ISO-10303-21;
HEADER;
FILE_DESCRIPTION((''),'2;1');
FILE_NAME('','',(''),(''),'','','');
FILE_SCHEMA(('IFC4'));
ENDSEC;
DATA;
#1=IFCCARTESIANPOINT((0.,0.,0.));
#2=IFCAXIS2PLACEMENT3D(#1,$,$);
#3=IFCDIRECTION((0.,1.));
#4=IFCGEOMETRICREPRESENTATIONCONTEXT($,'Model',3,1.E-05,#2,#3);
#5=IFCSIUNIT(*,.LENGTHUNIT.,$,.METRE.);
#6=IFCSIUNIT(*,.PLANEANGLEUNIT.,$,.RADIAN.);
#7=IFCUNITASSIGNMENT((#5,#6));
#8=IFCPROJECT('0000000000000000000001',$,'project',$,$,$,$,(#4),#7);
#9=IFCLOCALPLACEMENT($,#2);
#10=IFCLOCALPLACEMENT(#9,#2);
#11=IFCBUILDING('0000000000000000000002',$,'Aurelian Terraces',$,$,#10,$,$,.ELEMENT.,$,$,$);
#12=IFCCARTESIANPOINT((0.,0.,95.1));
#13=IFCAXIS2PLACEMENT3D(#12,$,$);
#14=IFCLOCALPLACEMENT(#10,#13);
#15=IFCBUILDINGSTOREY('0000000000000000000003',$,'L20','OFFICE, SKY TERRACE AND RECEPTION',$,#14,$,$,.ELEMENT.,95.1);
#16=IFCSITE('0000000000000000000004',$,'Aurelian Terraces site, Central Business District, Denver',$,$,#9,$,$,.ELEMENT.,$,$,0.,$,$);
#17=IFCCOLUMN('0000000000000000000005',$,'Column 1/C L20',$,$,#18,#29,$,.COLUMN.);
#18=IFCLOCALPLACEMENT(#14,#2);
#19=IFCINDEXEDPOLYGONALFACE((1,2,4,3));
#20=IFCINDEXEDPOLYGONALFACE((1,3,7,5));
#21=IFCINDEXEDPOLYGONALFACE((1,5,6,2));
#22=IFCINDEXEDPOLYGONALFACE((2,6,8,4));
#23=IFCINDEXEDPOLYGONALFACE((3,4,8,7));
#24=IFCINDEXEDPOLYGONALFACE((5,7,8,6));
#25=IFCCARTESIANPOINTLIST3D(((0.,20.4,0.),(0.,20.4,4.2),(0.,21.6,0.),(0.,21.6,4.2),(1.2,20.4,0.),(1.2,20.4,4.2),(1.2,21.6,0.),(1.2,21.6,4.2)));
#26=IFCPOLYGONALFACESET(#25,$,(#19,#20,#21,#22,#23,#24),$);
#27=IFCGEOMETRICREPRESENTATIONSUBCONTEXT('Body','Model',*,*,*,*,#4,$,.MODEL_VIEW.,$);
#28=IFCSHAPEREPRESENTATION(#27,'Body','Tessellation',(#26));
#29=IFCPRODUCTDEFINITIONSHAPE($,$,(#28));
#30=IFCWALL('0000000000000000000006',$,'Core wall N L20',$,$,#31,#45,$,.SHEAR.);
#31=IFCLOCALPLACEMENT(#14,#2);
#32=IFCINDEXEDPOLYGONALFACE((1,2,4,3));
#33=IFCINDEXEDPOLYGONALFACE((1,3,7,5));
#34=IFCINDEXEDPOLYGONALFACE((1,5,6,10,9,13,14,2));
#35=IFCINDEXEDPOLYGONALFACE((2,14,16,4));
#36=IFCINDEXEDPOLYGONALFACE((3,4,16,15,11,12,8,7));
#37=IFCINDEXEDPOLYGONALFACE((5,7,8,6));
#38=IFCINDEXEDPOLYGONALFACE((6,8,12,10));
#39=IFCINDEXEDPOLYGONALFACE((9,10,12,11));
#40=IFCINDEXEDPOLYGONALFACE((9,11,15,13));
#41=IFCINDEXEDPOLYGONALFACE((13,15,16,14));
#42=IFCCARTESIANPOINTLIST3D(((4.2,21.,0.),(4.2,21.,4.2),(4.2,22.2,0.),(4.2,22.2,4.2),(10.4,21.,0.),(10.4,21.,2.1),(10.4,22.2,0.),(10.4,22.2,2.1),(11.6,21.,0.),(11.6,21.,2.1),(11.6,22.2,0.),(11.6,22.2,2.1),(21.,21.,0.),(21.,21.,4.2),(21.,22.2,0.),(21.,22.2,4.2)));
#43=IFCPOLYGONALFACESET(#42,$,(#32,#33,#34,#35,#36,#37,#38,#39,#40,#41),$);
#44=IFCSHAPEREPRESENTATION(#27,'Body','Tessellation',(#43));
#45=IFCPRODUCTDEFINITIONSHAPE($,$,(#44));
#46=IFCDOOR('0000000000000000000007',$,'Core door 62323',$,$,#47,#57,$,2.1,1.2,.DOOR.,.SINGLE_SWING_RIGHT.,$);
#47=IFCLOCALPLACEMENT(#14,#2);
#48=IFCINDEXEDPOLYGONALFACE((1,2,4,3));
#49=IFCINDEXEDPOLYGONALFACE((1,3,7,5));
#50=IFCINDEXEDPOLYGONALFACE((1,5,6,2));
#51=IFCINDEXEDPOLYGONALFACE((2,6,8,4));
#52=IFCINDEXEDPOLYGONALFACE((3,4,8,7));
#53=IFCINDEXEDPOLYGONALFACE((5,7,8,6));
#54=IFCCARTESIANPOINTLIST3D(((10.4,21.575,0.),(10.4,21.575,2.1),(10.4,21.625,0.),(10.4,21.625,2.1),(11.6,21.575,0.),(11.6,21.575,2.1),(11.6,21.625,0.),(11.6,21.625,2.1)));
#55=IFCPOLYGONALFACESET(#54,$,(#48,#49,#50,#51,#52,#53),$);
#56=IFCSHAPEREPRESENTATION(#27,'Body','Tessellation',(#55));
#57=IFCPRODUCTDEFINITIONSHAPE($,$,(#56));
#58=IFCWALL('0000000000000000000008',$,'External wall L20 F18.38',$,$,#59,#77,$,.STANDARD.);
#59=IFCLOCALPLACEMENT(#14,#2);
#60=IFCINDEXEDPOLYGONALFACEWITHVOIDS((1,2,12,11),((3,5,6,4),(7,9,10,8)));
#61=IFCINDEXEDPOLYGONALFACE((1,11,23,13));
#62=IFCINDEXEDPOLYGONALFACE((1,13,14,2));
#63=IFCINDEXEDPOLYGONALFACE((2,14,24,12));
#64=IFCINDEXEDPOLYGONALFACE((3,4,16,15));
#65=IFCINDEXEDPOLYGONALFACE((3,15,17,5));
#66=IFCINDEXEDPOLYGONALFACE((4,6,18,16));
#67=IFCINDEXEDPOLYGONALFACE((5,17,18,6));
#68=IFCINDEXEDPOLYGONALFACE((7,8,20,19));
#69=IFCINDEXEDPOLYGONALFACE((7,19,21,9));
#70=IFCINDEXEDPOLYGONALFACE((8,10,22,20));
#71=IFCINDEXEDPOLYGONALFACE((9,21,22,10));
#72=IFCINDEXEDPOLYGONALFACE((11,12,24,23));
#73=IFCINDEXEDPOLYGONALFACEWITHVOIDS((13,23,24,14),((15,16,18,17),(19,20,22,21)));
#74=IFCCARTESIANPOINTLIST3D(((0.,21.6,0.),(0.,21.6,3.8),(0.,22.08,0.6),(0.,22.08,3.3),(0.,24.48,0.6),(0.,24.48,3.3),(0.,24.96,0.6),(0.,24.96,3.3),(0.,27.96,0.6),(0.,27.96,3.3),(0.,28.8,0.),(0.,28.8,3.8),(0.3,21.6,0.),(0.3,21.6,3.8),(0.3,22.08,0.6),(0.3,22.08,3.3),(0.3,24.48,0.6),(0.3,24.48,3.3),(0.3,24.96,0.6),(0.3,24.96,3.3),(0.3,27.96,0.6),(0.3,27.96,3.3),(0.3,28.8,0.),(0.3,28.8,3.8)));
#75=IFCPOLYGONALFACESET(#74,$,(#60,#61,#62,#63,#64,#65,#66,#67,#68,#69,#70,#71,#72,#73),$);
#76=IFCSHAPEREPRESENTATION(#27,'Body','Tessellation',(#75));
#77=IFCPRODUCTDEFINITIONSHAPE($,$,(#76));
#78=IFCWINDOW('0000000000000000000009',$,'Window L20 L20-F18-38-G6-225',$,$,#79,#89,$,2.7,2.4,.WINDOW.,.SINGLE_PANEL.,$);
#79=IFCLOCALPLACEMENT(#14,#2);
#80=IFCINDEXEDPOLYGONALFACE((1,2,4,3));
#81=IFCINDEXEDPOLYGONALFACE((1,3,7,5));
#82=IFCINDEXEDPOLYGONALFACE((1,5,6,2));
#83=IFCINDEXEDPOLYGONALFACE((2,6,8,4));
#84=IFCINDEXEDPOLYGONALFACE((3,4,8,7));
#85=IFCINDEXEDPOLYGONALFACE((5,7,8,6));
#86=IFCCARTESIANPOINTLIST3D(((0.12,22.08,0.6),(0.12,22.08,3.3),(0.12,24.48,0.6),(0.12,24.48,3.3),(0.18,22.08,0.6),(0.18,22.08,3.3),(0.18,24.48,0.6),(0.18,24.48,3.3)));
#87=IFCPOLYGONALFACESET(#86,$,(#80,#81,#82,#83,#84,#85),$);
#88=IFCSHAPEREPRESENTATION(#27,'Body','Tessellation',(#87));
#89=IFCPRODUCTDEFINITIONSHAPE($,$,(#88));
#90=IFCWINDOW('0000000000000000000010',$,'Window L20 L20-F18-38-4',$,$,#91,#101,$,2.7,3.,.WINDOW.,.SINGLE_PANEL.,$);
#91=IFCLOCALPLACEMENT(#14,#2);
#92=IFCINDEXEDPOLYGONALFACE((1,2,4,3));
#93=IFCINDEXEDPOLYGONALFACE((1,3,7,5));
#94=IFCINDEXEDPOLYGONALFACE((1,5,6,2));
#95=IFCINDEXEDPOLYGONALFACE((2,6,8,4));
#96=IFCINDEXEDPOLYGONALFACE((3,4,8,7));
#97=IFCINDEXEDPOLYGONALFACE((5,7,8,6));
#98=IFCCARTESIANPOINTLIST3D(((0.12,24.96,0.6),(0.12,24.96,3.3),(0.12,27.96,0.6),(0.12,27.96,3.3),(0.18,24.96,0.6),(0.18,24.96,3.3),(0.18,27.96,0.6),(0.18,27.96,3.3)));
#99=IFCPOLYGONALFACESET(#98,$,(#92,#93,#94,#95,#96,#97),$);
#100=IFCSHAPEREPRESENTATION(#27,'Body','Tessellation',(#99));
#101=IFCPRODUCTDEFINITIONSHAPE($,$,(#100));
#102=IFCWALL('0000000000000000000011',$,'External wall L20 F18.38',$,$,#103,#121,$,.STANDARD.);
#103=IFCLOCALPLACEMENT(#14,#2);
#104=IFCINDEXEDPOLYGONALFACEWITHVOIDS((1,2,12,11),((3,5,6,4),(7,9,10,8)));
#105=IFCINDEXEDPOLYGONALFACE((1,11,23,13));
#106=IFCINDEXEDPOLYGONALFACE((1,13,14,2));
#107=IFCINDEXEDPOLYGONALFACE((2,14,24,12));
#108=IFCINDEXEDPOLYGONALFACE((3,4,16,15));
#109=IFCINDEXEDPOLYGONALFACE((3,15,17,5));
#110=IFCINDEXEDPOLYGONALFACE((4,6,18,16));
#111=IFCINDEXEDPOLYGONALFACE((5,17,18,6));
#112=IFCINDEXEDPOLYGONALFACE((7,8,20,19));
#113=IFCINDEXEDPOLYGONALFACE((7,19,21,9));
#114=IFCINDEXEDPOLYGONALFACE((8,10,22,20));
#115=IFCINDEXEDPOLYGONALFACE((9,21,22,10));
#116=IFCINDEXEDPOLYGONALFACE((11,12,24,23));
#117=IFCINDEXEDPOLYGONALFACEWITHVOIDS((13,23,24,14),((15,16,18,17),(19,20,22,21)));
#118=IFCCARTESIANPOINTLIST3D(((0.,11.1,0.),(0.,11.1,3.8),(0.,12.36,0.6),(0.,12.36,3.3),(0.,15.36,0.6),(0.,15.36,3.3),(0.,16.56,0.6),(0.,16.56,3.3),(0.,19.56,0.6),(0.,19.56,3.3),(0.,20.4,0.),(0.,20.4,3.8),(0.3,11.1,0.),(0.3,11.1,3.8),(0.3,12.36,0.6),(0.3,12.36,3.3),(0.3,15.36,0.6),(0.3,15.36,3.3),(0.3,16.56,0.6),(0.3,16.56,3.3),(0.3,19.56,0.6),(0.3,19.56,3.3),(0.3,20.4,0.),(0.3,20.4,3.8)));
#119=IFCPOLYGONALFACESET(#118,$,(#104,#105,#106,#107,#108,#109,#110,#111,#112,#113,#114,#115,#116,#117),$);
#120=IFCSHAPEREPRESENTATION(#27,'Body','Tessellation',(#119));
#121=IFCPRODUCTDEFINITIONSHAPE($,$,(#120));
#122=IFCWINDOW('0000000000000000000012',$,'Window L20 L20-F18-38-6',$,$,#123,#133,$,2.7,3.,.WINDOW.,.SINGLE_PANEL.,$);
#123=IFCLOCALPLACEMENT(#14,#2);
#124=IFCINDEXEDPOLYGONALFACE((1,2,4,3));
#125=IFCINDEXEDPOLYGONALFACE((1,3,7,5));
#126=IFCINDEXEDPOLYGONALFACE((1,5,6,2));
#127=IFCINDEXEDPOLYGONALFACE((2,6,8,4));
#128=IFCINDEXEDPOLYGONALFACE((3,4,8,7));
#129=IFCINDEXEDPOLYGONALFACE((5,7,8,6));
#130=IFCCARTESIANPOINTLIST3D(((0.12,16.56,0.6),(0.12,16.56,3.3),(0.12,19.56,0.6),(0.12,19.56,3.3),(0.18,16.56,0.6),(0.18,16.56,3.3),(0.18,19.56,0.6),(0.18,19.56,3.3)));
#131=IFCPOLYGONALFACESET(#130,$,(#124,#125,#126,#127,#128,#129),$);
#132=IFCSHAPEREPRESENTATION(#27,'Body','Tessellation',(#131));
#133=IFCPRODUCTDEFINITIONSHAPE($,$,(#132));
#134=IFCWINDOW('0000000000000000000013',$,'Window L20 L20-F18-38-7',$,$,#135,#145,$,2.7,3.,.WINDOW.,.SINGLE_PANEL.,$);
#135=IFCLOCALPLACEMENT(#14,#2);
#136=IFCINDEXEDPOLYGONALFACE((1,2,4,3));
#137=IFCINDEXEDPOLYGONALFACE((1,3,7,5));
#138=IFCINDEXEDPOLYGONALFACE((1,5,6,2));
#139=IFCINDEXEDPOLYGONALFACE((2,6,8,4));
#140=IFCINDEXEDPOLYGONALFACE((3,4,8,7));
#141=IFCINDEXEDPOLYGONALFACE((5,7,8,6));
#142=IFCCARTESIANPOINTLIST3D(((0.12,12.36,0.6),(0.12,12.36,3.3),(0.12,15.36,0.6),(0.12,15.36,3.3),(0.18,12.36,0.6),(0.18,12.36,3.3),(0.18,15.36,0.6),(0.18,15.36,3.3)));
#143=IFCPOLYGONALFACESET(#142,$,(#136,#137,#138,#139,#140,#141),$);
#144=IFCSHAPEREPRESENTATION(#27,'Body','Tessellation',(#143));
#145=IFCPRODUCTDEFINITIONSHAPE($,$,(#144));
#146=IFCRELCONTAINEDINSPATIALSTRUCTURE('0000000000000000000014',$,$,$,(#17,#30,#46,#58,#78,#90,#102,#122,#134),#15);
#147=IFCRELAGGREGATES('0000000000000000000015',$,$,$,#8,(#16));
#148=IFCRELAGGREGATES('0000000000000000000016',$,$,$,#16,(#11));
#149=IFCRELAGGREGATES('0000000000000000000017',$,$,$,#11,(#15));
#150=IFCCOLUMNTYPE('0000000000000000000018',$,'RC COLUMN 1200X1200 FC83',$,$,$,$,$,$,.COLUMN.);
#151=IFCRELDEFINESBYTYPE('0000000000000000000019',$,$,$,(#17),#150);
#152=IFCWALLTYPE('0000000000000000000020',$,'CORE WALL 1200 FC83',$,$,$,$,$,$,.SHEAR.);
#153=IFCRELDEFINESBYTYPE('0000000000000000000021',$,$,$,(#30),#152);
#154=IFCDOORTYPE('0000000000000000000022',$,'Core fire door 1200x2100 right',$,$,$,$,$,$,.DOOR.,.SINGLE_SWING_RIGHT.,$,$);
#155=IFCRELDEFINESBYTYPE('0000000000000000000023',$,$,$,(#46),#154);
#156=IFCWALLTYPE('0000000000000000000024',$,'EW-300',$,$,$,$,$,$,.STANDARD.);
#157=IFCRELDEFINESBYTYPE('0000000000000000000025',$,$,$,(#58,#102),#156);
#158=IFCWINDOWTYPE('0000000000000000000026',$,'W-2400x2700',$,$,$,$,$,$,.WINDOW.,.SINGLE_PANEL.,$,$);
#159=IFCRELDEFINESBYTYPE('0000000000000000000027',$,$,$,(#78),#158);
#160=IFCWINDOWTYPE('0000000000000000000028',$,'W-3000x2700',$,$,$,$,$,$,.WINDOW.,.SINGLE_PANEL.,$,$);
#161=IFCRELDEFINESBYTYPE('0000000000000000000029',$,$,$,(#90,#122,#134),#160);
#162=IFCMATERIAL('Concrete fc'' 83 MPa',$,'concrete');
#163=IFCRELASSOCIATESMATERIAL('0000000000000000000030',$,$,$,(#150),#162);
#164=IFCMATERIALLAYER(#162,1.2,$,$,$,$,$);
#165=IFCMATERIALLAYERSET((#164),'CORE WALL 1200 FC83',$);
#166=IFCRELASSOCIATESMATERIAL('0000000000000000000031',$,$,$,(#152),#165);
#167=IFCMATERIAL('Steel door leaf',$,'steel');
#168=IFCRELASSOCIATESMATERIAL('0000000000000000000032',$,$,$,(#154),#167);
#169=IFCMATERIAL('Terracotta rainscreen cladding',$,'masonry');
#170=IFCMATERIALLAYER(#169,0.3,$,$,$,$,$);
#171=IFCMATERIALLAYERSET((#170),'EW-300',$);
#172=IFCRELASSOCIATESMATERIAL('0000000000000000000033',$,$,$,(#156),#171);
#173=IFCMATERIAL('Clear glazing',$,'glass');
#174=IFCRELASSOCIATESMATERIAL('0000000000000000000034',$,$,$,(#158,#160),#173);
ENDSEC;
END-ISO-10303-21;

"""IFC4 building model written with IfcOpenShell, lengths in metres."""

from ifc_helpers import new_model, si_unit, direction, frame, frame_2d, origin, origin_2d, place, context, subcontext, project, spatial, rectangle, extrude, source, transform, mapped, material, layer, layer_set, material_profile, profile_set, type_object, element, fill, save


model = new_model("IFC4")

# Units and contexts
model_context = context("Model", 3, precision=1e-05, world=origin(), true_north=direction((0.0, 1.0)))
body_context = subcontext(model_context, "Body", "Model", "MODEL_VIEW")
ifc_project = project(units=[si_unit("LENGTHUNIT", "METRE"), si_unit("PLANEANGLEUNIT", "RADIAN")], contexts=[model_context])

# Site, building, storey
site_placement = place(None, origin())
site = spatial("IfcSite", under=ifc_project, at=site_placement, Name="Aurelian Terraces site, Central Business District, Denver", CompositionType="ELEMENT", RefElevation=0.0)
building_placement = place(site_placement, origin())
building = spatial("IfcBuilding", under=site, at=building_placement, Name="Aurelian Terraces", CompositionType="ELEMENT")
storey_placement = place(building_placement, frame((0.0, 0.0, 95.1)))
storey = spatial("IfcBuildingStorey", under=building, at=storey_placement, Name="L20", Description="OFFICE, SKY TERRACE AND RECEPTION", CompositionType="ELEMENT", Elevation=95.1)

# Column
ifc_material_1 = material(Name="Concrete fc' 83 MPa", Category="concrete")
ifc_material_profile = material_profile(ifc_material_1, rectangle(XDim=1.2, YDim=1.2, at=origin_2d()))
ifc_profile_set = profile_set([ifc_material_profile], Name="Concrete fc' 83 MPa")
column_type = type_object("IfcColumnType", Name="RC COLUMN 1200X1200 FC83", PredefinedType="COLUMN", material=ifc_profile_set)
shared_shape_1 = source(origin(), body_context, "Body", "SweptSolid", [
    extrude(rectangle(XDim=1.2, YDim=1.2, at=origin_2d()), origin(), (0.0, 0.0, 1.0), 4.2),
])
column_placement = place(storey_placement, frame((0.6, 21.0, 0.0), z_axis=(0.0, 0.0, 1.0), x_axis=(1.0, 0.0, 0.0)))
element("IfcColumn", 1, at=column_placement, inside=storey, type_object=column_type, Name="Column 1/C L20", PredefinedType="COLUMN", context=body_context, shape_type="MappedRepresentation", body=[
    mapped(shared_shape_1, transform((0.0, 0.0, 0.0), scale=1.0)),
])

# Wall, opening, door
ifc_layer_1 = layer(ifc_material_1, 1.2)
ifc_layer_set_1 = layer_set([ifc_layer_1], Name="CORE WALL 1200 FC83")
wall_type_1 = type_object("IfcWallType", Name="CORE WALL 1200 FC83", PredefinedType="SHEAR", material=ifc_layer_set_1)
shared_shape_2 = source(origin(), body_context, "Body", "SweptSolid", [
    extrude(rectangle(XDim=16.8, YDim=1.2, at=frame_2d((8.4, 0.0))), origin(), (0.0, 0.0, 1.0), 4.2),
])
wall_1_placement = place(storey_placement, frame((4.2, 21.6, 0.0), z_axis=(0.0, 0.0, 1.0), x_axis=(1.0, 0.0, 0.0)))
wall_1 = element("IfcWall", 2, at=wall_1_placement, inside=storey, type_object=wall_type_1, Name="Core wall N L20", PredefinedType="SHEAR", context=body_context, shape_type="MappedRepresentation", body=[
    mapped(shared_shape_2, transform((0.0, 0.0, 0.0), scale=1.0)),
])
shared_shape_3 = source(origin(), body_context, "Body", "SweptSolid", [
    extrude(rectangle(XDim=1.2, YDim=2.1, at=frame_2d((0.6, 1.05))), frame((0.0, 0.61, 0.0), z_axis=(0.0, -1.0, 0.0), x_axis=(1.0, 0.0, 0.0)), (0.0, 0.0, 1.0), 1.22),
])
opening_1_placement = place(wall_1_placement, frame((6.2, 0.0, 0.0)))
opening_1 = element("IfcOpeningElement", 3, at=opening_1_placement, cuts=wall_1, PredefinedType="OPENING", context=body_context, shape_type="MappedRepresentation", body=[
    mapped(shared_shape_3, transform((0.0, 0.0, 0.0), scale=1.0)),
])
ifc_material_2 = material(Name="Steel door leaf", Category="steel")
door_type_1 = type_object("IfcDoorType", Name="Core fire door 1200x2100 right", OperationType="SINGLE_SWING_RIGHT", PredefinedType="DOOR", material=ifc_material_2)
shared_shape_4 = source(origin(), body_context, "Body", "SweptSolid", [
    extrude(rectangle(XDim=1.2, YDim=2.1, at=frame_2d((0.6, 1.05))), frame((0.0, 0.025, 0.0), z_axis=(0.0, -1.0, 0.0), x_axis=(1.0, 0.0, 0.0)), (0.0, 0.0, 1.0), 0.05),
])
door_1_placement = place(opening_1_placement, origin())
door_1 = element("IfcDoor", 4, at=door_1_placement, inside=storey, type_object=door_type_1, Name="Core door 62323", OperationType="SINGLE_SWING_RIGHT", OverallHeight=2.1, OverallWidth=1.2, PredefinedType="DOOR", context=body_context, shape_type="MappedRepresentation", body=[
    mapped(shared_shape_4, transform((0.0, 0.0, 0.0), scale=1.0)),
])
fill(opening_1, door_1)

# Walls, openings, windows
ifc_material_3 = material(Name="Terracotta rainscreen cladding", Category="masonry")
ifc_layer_2 = layer(ifc_material_3, 0.3)
ifc_layer_set_2 = layer_set([ifc_layer_2], Name="EW-300")
wall_type_2 = type_object("IfcWallType", Name="EW-300", PredefinedType="STANDARD", material=ifc_layer_set_2)
shared_shape_5 = source(origin(), body_context, "Body", "SweptSolid", [
    extrude(rectangle(XDim=7.2, YDim=0.3, at=frame_2d((3.6, 0.0))), origin(), (0.0, 0.0, 1.0), 3.8),
])
wall_2_placement = place(storey_placement, frame((0.15, 28.8, 0.0), z_axis=(0.0, 0.0, 1.0), x_axis=(0.0, -1.0, 0.0)))
wall_2 = element("IfcWall", 5, at=wall_2_placement, inside=storey, type_object=wall_type_2, Name="External wall L20 F18.38", PredefinedType="STANDARD", context=body_context, shape_type="MappedRepresentation", body=[
    mapped(shared_shape_5, transform((0.0, 0.0, 0.0), scale=1.0)),
])
shared_shape_6 = source(origin(), body_context, "Body", "SweptSolid", [
    extrude(rectangle(XDim=3.0, YDim=2.7, at=frame_2d((1.5, 1.35))), frame((0.0, 0.16, 0.0), z_axis=(0.0, -1.0, 0.0), x_axis=(1.0, 0.0, 0.0)), (0.0, 0.0, 1.0), 0.32),
])
opening_2_placement = place(wall_2_placement, frame((0.84, 0.0, 0.6)))
opening_2 = element("IfcOpeningElement", 6, at=opening_2_placement, cuts=wall_2, PredefinedType="OPENING", context=body_context, shape_type="MappedRepresentation", body=[
    mapped(shared_shape_6, transform((0.0, 0.0, 0.0), scale=1.0)),
])
shared_shape_7 = source(origin(), body_context, "Body", "SweptSolid", [
    extrude(rectangle(XDim=2.4, YDim=2.7, at=frame_2d((1.2, 1.35))), frame((0.0, 0.16, 0.0), z_axis=(0.0, -1.0, 0.0), x_axis=(1.0, 0.0, 0.0)), (0.0, 0.0, 1.0), 0.32),
])
opening_3_placement = place(wall_2_placement, frame((4.32, 0.0, 0.6)))
opening_3 = element("IfcOpeningElement", 7, at=opening_3_placement, cuts=wall_2, PredefinedType="OPENING", context=body_context, shape_type="MappedRepresentation", body=[
    mapped(shared_shape_7, transform((0.0, 0.0, 0.0), scale=1.0)),
])
ifc_material_4 = material(Name="Clear glazing", Category="glass")
window_type_1 = type_object("IfcWindowType", Name="W-2400x2700", PartitioningType="SINGLE_PANEL", PredefinedType="WINDOW", material=ifc_material_4)
shared_shape_8 = source(origin(), body_context, "Body", "SweptSolid", [
    extrude(rectangle(XDim=2.4, YDim=2.7, at=frame_2d((1.2, 1.35))), frame((0.0, 0.03, 0.0), z_axis=(0.0, -1.0, 0.0), x_axis=(1.0, 0.0, 0.0)), (0.0, 0.0, 1.0), 0.06),
])
window_1_placement = place(opening_3_placement, origin())
window_1 = element("IfcWindow", 8, at=window_1_placement, inside=storey, type_object=window_type_1, Name="Window L20 L20-F18-38-G6-225", OverallHeight=2.7, OverallWidth=2.4, PartitioningType="SINGLE_PANEL", PredefinedType="WINDOW", context=body_context, shape_type="MappedRepresentation", body=[
    mapped(shared_shape_8, transform((0.0, 0.0, 0.0), scale=1.0)),
])
fill(opening_3, window_1)
window_type_2 = type_object("IfcWindowType", Name="W-3000x2700", PartitioningType="SINGLE_PANEL", PredefinedType="WINDOW", material=ifc_material_4)
shared_shape_9 = source(origin(), body_context, "Body", "SweptSolid", [
    extrude(rectangle(XDim=3.0, YDim=2.7, at=frame_2d((1.5, 1.35))), frame((0.0, 0.03, 0.0), z_axis=(0.0, -1.0, 0.0), x_axis=(1.0, 0.0, 0.0)), (0.0, 0.0, 1.0), 0.06),
])
window_2_placement = place(opening_2_placement, origin())
window_2 = element("IfcWindow", 9, at=window_2_placement, inside=storey, type_object=window_type_2, Name="Window L20 L20-F18-38-4", OverallHeight=2.7, OverallWidth=3.0, PartitioningType="SINGLE_PANEL", PredefinedType="WINDOW", context=body_context, shape_type="MappedRepresentation", body=[
    mapped(shared_shape_9, transform((0.0, 0.0, 0.0), scale=1.0)),
])
fill(opening_2, window_2)
shared_shape_10 = source(origin(), body_context, "Body", "SweptSolid", [
    extrude(rectangle(XDim=9.3, YDim=0.3, at=frame_2d((4.65, 0.0))), origin(), (0.0, 0.0, 1.0), 3.8),
])
wall_3_placement = place(storey_placement, frame((0.15, 20.4, 0.0), z_axis=(0.0, 0.0, 1.0), x_axis=(0.0, -1.0, 0.0)))
wall_3 = element("IfcWall", 10, at=wall_3_placement, inside=storey, type_object=wall_type_2, Name="External wall L20 F18.38", PredefinedType="STANDARD", context=body_context, shape_type="MappedRepresentation", body=[
    mapped(shared_shape_10, transform((0.0, 0.0, 0.0), scale=1.0)),
])
opening_4_placement = place(wall_3_placement, frame((0.84, 0.0, 0.6)))
opening_4 = element("IfcOpeningElement", 11, at=opening_4_placement, cuts=wall_3, PredefinedType="OPENING", context=body_context, shape_type="MappedRepresentation", body=[
    mapped(shared_shape_6, transform((0.0, 0.0, 0.0), scale=1.0)),
])
opening_5_placement = place(wall_3_placement, frame((5.04, 0.0, 0.6)))
opening_5 = element("IfcOpeningElement", 12, at=opening_5_placement, cuts=wall_3, PredefinedType="OPENING", context=body_context, shape_type="MappedRepresentation", body=[
    mapped(shared_shape_6, transform((0.0, 0.0, 0.0), scale=1.0)),
])
window_3_placement = place(opening_4_placement, origin())
window_3 = element("IfcWindow", 13, at=window_3_placement, inside=storey, type_object=window_type_2, Name="Window L20 L20-F18-38-6", OverallHeight=2.7, OverallWidth=3.0, PartitioningType="SINGLE_PANEL", PredefinedType="WINDOW", context=body_context, shape_type="MappedRepresentation", body=[
    mapped(shared_shape_9, transform((0.0, 0.0, 0.0), scale=1.0)),
])
fill(opening_4, window_3)
window_4_placement = place(opening_5_placement, origin())
window_4 = element("IfcWindow", 14, at=window_4_placement, inside=storey, type_object=window_type_2, Name="Window L20 L20-F18-38-7", OverallHeight=2.7, OverallWidth=3.0, PartitioningType="SINGLE_PANEL", PredefinedType="WINDOW", context=body_context, shape_type="MappedRepresentation", body=[
    mapped(shared_shape_9, transform((0.0, 0.0, 0.0), scale=1.0)),
])
fill(opening_5, window_4)

save(model, "model.ifc")
